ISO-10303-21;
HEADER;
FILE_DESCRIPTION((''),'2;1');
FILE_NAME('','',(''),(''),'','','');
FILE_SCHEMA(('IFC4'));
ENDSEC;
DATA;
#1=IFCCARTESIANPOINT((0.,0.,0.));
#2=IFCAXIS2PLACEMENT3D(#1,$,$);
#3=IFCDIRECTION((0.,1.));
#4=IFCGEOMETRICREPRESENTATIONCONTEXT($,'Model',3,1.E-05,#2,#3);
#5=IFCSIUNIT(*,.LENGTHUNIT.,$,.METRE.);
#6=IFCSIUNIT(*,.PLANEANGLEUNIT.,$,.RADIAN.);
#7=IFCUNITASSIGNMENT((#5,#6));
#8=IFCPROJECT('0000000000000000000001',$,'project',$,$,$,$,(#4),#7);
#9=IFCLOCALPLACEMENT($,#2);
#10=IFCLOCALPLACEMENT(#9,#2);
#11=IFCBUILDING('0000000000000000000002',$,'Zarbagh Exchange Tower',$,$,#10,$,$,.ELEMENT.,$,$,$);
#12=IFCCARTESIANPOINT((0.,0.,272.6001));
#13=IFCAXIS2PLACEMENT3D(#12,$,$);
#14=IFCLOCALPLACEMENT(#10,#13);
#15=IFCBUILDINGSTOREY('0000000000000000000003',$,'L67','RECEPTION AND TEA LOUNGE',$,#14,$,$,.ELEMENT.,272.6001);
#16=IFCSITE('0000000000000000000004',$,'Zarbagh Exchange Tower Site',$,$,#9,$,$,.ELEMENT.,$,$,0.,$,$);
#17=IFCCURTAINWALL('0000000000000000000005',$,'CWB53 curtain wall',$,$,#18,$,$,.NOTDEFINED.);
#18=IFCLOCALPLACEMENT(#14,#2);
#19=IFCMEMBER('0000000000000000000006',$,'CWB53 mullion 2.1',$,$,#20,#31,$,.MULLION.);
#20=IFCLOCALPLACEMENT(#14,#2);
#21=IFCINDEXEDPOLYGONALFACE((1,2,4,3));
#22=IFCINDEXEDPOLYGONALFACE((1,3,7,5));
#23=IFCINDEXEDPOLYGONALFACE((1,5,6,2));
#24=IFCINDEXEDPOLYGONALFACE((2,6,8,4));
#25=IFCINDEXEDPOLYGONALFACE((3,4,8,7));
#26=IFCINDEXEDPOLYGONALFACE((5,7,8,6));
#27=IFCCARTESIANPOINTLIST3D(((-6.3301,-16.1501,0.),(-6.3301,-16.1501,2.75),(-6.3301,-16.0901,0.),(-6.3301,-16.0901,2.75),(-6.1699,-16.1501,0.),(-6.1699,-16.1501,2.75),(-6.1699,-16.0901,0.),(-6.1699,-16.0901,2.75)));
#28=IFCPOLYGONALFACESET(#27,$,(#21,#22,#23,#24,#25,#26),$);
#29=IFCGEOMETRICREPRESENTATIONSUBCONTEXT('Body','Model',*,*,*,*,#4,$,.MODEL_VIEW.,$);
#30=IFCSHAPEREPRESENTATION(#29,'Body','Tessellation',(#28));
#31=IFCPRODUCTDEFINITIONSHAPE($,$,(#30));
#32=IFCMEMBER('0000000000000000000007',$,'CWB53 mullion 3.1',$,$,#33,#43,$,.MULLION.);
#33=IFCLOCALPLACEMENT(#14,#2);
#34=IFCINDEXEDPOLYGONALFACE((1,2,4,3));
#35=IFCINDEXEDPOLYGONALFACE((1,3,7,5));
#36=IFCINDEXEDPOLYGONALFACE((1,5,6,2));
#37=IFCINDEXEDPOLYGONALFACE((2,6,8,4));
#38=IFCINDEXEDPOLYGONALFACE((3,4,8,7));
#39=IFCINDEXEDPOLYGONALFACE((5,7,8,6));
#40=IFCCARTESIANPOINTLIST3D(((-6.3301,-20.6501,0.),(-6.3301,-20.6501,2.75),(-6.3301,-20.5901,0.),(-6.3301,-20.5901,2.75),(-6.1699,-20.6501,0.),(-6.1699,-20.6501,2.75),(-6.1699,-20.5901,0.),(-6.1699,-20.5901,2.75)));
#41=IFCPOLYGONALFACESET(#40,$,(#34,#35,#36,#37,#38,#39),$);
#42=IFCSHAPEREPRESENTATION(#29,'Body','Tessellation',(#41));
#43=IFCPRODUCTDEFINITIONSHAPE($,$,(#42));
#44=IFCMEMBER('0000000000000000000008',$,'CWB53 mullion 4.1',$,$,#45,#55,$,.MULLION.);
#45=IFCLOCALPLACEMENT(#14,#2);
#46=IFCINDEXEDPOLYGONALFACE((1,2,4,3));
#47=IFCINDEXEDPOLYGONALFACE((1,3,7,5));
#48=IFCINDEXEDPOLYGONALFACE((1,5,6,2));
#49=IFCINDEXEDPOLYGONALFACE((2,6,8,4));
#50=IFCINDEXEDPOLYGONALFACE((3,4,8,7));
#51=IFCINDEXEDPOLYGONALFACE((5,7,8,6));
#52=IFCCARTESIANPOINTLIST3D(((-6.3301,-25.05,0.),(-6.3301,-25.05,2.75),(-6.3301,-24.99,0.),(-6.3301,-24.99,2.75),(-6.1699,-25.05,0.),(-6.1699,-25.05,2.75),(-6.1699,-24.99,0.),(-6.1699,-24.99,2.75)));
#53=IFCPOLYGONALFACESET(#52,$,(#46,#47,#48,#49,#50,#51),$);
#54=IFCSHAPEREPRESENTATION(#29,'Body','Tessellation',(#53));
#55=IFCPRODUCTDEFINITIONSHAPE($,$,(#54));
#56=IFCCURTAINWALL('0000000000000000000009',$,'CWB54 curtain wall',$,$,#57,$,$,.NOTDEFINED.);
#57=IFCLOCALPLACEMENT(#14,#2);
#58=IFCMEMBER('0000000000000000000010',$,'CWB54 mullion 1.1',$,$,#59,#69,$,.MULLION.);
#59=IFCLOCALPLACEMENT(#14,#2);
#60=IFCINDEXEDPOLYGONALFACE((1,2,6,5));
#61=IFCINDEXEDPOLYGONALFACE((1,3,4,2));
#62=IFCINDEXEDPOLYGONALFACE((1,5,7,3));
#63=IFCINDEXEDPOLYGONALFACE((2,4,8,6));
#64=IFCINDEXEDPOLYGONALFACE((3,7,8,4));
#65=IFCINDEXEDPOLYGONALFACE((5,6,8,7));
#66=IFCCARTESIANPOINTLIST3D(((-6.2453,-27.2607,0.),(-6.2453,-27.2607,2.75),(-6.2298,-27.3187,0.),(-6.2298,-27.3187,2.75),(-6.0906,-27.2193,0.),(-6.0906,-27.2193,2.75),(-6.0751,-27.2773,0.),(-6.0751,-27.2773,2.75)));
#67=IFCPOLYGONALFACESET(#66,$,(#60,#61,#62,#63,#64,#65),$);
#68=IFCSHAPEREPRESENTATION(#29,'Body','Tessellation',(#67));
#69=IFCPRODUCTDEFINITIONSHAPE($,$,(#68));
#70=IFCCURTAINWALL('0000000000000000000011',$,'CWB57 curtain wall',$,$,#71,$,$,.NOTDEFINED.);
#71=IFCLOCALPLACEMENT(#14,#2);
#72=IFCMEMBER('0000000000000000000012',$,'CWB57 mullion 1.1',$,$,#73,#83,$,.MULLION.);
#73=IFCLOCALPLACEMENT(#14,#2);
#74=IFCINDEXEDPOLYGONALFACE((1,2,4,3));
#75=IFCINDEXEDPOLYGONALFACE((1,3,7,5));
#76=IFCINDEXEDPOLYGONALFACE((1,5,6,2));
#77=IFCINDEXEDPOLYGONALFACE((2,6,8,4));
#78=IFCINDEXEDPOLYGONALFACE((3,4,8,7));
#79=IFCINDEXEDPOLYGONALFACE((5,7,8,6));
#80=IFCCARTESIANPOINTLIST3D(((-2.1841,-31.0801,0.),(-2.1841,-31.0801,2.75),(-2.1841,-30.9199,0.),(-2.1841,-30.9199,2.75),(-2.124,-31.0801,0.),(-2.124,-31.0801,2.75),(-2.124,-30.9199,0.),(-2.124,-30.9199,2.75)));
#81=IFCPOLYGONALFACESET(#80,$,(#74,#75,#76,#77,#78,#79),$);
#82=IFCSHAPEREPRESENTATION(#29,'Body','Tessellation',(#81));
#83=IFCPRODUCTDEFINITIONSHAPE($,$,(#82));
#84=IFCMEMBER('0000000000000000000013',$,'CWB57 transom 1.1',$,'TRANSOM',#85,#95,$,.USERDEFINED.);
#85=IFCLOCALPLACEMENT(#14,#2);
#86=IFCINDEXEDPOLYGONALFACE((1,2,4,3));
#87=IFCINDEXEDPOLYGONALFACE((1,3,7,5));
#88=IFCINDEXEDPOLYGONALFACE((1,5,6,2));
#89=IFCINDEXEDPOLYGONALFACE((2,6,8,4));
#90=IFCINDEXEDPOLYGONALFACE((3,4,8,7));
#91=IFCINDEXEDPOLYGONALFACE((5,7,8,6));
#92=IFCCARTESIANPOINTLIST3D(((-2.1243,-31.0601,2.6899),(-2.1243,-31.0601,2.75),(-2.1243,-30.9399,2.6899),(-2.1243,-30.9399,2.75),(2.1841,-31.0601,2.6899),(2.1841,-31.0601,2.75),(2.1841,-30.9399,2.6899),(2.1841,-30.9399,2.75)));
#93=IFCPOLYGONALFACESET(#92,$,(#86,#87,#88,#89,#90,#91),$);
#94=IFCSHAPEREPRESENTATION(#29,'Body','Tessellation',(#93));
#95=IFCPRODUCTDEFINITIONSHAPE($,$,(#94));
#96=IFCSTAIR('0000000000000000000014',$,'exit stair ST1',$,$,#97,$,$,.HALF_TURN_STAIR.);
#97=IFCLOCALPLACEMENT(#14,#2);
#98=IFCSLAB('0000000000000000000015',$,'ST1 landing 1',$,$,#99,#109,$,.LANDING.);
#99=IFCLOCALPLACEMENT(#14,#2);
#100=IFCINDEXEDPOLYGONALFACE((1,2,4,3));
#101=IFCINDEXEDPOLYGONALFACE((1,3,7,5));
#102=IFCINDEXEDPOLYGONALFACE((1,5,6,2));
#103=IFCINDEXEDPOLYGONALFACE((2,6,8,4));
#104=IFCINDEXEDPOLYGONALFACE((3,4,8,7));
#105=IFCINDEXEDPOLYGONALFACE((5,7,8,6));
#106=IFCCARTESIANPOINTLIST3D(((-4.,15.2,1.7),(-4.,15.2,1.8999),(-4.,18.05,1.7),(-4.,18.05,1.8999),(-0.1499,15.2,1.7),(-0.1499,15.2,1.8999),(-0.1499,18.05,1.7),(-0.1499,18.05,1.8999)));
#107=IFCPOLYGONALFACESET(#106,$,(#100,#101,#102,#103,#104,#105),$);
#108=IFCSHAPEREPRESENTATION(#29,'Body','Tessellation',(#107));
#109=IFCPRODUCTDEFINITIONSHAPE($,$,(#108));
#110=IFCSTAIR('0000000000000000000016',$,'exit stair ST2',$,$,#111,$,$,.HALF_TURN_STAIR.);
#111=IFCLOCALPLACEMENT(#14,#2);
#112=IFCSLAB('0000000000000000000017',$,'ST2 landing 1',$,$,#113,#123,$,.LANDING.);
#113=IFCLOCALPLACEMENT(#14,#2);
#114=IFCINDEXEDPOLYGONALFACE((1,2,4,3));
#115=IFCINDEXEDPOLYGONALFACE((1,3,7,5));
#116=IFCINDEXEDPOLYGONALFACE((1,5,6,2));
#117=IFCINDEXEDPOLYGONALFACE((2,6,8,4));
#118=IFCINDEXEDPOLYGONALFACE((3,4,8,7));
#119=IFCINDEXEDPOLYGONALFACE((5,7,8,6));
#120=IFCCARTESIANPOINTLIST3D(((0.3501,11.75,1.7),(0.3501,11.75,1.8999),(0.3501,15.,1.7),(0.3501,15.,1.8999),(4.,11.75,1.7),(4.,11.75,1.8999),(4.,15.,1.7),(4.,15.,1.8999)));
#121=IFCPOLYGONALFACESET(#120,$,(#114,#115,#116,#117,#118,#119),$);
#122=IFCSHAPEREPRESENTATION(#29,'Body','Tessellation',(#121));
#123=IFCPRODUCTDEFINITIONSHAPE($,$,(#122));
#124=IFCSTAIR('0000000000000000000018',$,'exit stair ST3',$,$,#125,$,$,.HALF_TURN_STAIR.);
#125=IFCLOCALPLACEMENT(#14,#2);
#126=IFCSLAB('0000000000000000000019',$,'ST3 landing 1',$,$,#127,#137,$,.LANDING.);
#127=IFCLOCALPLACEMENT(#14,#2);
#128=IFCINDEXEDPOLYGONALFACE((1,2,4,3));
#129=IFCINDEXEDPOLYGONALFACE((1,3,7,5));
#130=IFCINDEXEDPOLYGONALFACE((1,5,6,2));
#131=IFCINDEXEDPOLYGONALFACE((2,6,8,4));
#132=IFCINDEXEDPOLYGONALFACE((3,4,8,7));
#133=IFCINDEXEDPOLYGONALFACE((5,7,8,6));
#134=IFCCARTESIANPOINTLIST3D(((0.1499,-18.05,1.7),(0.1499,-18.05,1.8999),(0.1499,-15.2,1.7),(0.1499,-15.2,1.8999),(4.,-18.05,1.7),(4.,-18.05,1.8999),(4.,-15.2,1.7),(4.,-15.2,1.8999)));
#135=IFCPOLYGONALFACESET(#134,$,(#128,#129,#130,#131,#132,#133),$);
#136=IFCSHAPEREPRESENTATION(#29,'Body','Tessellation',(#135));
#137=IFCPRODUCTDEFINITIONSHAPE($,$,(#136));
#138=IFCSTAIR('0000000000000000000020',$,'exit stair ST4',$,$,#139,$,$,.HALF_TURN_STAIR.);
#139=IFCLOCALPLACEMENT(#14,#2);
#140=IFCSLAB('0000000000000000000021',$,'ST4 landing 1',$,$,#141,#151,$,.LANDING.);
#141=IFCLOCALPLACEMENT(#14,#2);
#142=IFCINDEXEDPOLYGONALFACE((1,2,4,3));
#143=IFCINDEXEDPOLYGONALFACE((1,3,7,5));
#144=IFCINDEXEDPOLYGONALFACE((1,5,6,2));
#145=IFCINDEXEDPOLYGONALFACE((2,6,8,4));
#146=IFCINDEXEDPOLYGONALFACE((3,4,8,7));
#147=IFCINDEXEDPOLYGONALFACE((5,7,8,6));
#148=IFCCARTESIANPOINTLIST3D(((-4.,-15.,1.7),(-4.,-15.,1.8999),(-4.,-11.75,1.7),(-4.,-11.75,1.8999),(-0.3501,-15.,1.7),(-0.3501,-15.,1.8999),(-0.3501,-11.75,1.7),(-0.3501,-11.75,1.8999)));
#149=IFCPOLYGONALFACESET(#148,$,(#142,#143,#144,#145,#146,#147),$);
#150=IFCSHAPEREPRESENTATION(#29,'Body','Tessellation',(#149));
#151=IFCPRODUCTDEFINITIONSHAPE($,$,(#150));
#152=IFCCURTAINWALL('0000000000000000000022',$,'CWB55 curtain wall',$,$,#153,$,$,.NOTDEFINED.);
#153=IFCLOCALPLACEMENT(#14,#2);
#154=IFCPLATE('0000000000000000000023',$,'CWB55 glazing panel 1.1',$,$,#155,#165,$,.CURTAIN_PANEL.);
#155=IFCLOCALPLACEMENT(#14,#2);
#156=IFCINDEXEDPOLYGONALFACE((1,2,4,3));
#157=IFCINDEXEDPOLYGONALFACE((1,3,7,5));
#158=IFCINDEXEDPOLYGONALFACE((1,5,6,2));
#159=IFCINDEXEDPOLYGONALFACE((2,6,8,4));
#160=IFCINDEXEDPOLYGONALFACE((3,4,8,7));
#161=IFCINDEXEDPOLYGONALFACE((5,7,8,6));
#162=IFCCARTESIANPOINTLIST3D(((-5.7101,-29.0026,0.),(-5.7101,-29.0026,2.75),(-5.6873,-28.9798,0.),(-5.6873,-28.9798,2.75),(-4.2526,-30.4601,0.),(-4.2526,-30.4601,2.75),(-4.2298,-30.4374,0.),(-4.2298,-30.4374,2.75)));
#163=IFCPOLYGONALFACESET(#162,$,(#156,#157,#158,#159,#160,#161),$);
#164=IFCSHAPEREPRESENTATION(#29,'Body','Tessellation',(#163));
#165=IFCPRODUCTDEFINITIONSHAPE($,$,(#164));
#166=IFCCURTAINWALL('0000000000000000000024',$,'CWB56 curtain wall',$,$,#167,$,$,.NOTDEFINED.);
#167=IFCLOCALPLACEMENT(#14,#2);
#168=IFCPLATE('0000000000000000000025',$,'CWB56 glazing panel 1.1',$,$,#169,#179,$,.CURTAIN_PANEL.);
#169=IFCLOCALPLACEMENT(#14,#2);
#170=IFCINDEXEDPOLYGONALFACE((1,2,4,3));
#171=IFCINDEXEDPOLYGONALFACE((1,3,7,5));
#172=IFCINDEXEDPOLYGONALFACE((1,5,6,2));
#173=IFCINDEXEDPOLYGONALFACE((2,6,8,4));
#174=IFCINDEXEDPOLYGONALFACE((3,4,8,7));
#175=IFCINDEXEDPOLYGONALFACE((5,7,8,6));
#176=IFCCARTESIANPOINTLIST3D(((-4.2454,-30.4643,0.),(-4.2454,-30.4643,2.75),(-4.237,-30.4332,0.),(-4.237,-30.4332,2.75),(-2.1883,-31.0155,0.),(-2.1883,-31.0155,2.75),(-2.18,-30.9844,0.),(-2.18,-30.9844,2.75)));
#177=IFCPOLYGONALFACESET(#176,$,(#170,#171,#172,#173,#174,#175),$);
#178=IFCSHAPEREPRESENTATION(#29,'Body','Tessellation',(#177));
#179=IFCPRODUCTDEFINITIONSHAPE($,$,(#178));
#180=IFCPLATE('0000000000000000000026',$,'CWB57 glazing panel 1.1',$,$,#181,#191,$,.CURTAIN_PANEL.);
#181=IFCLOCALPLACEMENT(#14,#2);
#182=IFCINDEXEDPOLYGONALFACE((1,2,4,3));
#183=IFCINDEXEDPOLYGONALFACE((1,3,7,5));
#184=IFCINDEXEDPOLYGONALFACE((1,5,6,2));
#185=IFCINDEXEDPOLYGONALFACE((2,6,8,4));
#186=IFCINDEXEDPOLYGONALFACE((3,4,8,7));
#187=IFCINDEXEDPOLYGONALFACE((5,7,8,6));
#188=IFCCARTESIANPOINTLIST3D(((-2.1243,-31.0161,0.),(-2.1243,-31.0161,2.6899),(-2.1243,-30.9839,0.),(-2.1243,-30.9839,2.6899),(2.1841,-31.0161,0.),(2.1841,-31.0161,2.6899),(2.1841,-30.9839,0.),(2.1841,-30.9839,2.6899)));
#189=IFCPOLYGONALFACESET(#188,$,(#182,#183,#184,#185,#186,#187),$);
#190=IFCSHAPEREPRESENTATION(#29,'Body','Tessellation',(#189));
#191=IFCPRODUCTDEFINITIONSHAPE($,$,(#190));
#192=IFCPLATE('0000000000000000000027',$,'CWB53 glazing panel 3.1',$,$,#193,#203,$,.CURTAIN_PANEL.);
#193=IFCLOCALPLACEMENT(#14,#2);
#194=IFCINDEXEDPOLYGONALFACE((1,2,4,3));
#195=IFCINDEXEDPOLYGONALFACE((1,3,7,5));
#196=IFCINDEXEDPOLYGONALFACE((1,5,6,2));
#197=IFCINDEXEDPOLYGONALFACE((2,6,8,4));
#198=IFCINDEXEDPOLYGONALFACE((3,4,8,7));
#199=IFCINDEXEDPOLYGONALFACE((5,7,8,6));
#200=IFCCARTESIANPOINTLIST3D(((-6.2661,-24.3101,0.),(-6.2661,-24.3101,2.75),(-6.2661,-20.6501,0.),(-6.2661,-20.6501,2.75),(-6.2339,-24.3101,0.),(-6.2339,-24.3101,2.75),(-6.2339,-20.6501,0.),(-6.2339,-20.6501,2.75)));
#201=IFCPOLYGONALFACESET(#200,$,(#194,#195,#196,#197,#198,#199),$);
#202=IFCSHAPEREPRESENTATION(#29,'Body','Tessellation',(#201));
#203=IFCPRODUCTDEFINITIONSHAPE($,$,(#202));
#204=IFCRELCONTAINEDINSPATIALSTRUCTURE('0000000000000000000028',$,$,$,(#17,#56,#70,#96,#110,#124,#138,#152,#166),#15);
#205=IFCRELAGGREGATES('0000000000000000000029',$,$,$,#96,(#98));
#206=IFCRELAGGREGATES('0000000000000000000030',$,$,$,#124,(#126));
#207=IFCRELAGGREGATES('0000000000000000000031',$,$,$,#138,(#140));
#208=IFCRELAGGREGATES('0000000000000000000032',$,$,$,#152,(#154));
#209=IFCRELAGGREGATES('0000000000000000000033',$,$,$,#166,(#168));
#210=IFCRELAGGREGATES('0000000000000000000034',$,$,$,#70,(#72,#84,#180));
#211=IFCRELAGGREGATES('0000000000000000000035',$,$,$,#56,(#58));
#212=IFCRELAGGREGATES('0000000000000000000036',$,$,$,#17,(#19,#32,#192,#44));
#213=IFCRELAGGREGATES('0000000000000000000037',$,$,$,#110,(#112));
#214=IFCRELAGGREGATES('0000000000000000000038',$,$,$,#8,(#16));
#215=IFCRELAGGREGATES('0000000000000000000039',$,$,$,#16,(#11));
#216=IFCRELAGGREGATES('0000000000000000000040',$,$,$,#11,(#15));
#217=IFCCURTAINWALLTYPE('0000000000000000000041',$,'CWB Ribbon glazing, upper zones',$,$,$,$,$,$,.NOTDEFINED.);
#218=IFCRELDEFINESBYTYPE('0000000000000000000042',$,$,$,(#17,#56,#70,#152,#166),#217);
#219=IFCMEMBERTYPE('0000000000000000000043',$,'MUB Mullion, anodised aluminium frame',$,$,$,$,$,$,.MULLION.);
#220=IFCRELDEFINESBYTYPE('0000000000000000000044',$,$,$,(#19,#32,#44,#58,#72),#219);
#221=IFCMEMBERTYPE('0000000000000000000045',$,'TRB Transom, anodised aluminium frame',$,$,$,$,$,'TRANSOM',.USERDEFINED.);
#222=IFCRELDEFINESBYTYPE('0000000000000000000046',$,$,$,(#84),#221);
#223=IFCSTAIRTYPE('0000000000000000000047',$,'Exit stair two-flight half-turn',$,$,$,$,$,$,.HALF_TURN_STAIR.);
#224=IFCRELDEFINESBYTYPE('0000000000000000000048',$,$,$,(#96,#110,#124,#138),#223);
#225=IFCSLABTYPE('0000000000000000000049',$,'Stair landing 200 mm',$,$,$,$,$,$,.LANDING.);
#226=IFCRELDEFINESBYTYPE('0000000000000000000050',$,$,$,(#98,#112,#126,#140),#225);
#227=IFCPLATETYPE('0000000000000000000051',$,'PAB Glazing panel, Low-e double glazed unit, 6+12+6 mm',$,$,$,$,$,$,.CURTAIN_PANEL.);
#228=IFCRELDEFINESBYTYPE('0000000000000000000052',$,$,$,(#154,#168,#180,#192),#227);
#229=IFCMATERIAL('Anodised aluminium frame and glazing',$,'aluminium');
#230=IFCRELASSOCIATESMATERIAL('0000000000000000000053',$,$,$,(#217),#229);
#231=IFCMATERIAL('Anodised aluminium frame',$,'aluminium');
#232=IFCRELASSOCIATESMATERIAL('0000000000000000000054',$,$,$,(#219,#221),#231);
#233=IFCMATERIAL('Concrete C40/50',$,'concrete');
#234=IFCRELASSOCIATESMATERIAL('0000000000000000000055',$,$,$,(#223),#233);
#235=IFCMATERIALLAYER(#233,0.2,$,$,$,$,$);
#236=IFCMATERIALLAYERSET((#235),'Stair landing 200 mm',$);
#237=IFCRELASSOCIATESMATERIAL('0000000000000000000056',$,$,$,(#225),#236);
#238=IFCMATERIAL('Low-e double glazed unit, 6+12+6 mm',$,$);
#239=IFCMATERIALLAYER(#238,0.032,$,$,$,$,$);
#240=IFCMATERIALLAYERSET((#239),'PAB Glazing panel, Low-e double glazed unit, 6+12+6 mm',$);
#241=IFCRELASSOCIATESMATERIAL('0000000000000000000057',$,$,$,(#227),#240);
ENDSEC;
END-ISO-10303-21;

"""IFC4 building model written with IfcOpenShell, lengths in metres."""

from ifc_helpers import new_model, si_unit, direction, frame, origin, place, context, subcontext, project, spatial, polyline, outline, extrude, source, transform, mapped, material, layer, layer_set, type_object, element, aggregate, save


model = new_model("IFC4")

# Units and contexts
model_context = context("Model", 3, precision=1e-05, world=origin(), true_north=direction((0.0, 1.0)))
body_context = subcontext(model_context, "Body", "Model", "MODEL_VIEW")
ifc_project = project(units=[si_unit("LENGTHUNIT", "METRE"), si_unit("PLANEANGLEUNIT", "RADIAN")], contexts=[model_context])

# Site, building, storey
site_placement = place(None, origin())
site = spatial("IfcSite", under=ifc_project, at=site_placement, Name="Zarbagh Exchange Tower Site", CompositionType="ELEMENT", RefElevation=0.0)
building_placement = place(site_placement, origin())
building = spatial("IfcBuilding", under=site, at=building_placement, Name="Zarbagh Exchange Tower", CompositionType="ELEMENT")
storey_placement = place(building_placement, frame((0.0, 0.0, 272.6001)))
storey = spatial("IfcBuildingStorey", under=building, at=storey_placement, Name="L67", Description="RECEPTION AND TEA LOUNGE", CompositionType="ELEMENT", Elevation=272.6001)

# Curtain wall, members
ifc_material_1 = material(Name="Anodised aluminium frame and glazing", Category="aluminium")
curtain_wall_type = type_object("IfcCurtainWallType", Name="CWB Ribbon glazing, upper zones", PredefinedType="NOTDEFINED", material=ifc_material_1)
curtain_wall_1_placement = place(storey_placement, origin())
curtain_wall_1 = element("IfcCurtainWall", 1, at=curtain_wall_1_placement, inside=storey, type_object=curtain_wall_type, Name="CWB53 curtain wall", PredefinedType="NOTDEFINED")
ifc_material_2 = material(Name="Anodised aluminium frame", Category="aluminium")
member_type_1 = type_object("IfcMemberType", Name="MUB Mullion, anodised aluminium frame", PredefinedType="MULLION", material=ifc_material_2)
shared_shape_1 = source(origin(), body_context, "Body", "SweptSolid", [
    extrude(outline(polyline([(0.0, -0.0801), (0.0601, -0.0801), (0.0601, 0.0801), (0.0, 0.0801), (0.0, -0.0801)])), origin(), (0.0, 0.0, 1.0), 2.75),
])
placement = place(storey_placement, origin())
member_1 = element("IfcMember", 2, at=placement, type_object=member_type_1, Name="CWB53 mullion 2.1", PredefinedType="MULLION", context=body_context, shape_type="MappedRepresentation", body=[
    mapped(shared_shape_1, transform((-6.25, -16.0901, 0.0), x_axis=(0.0, -1.0, 0.0), y_axis=(1.0, 0.0, 0.0), z_axis=(0.0, 0.0, 1.0))),
])
member_2 = element("IfcMember", 3, at=placement, type_object=member_type_1, Name="CWB53 mullion 3.1", PredefinedType="MULLION", context=body_context, shape_type="MappedRepresentation", body=[
    mapped(shared_shape_1, transform((-6.25, -20.5901, 0.0), x_axis=(0.0, -1.0, 0.0), y_axis=(1.0, 0.0, 0.0), z_axis=(0.0, 0.0, 1.0))),
])
member_3 = element("IfcMember", 4, at=placement, type_object=member_type_1, Name="CWB53 mullion 4.1", PredefinedType="MULLION", context=body_context, shape_type="MappedRepresentation", body=[
    mapped(shared_shape_1, transform((-6.25, -24.99, 0.0), x_axis=(0.0, -1.0, 0.0), y_axis=(1.0, 0.0, 0.0), z_axis=(0.0, 0.0, 1.0))),
])

# Curtain wall, member
curtain_wall_2_placement = place(storey_placement, origin())
curtain_wall_2 = element("IfcCurtainWall", 5, at=curtain_wall_2_placement, inside=storey, type_object=curtain_wall_type, Name="CWB54 curtain wall", PredefinedType="NOTDEFINED")
member_4 = element("IfcMember", 6, at=placement, type_object=member_type_1, Name="CWB54 mullion 1.1", PredefinedType="MULLION", context=body_context, shape_type="MappedRepresentation", body=[
    mapped(shared_shape_1, transform((-6.168, -27.24, 0.0), x_axis=(0.258825, -0.965924, 0.0), y_axis=(0.965924, 0.258825, 0.0), z_axis=(0.0, 0.0, 1.0))),
])

# Curtain wall, members
curtain_wall_3_placement = place(storey_placement, origin())
curtain_wall_3 = element("IfcCurtainWall", 7, at=curtain_wall_3_placement, inside=storey, type_object=curtain_wall_type, Name="CWB57 curtain wall", PredefinedType="NOTDEFINED")
member_5 = element("IfcMember", 8, at=placement, type_object=member_type_1, Name="CWB57 mullion 1.1", PredefinedType="MULLION", context=body_context, shape_type="MappedRepresentation", body=[
    mapped(shared_shape_1, transform((-2.1841, -31.0, 0.0), x_axis=(1.0, 0.0, 0.0), y_axis=(0.0, 1.0, 0.0), z_axis=(0.0, 0.0, 1.0))),
])
member_type_2 = type_object("IfcMemberType", Name="TRB Transom, anodised aluminium frame", ElementType="TRANSOM", PredefinedType="USERDEFINED", material=ifc_material_2)
shared_shape_2 = source(origin(), body_context, "Body", "SweptSolid", [
    extrude(outline(polyline([(-0.0601, -0.0601), (0.0, -0.0601), (0.0, 0.0601), (-0.0601, 0.0601), (-0.0601, -0.0601)])), origin(), (0.0, 0.0, 1.0), 4.3083),
])
member_6 = element("IfcMember", 9, at=placement, type_object=member_type_2, Name="CWB57 transom 1.1", ObjectType="TRANSOM", PredefinedType="USERDEFINED", context=body_context, shape_type="MappedRepresentation", body=[
    mapped(shared_shape_2, transform((-2.1243, -31.0, 2.75), x_axis=(0.0, 0.0, 1.0), y_axis=(0.0, -1.0, 0.0), z_axis=(1.0, 0.0, 0.0))),
])

# Stairs, slabs
ifc_material_3 = material(Name="Concrete C40/50", Category="concrete")
stair_type = type_object("IfcStairType", Name="Exit stair two-flight half-turn", PredefinedType="HALF_TURN_STAIR", material=ifc_material_3)
stair_1_placement = place(storey_placement, origin())
stair_1 = element("IfcStair", 10, at=stair_1_placement, inside=storey, type_object=stair_type, Name="exit stair ST1", PredefinedType="HALF_TURN_STAIR")
ifc_layer_1 = layer(ifc_material_3, 0.2)
ifc_layer_set_1 = layer_set([ifc_layer_1], Name="Stair landing 200 mm")
slab_type = type_object("IfcSlabType", Name="Stair landing 200 mm", PredefinedType="LANDING", material=ifc_layer_set_1)
slab_1_placement = place(storey_placement, frame((0.0, 0.0, 1.7)))
slab_1 = element("IfcSlab", 11, at=slab_1_placement, type_object=slab_type, Name="ST1 landing 1", PredefinedType="LANDING", context=body_context, shape_type="SweptSolid", body=[
    extrude(outline(polyline([(-0.1499, 18.05), (-4.0, 18.05), (-4.0, 15.2), (-0.1499, 15.2), (-0.1499, 18.05)])), origin(), (0.0, 0.0, 1.0), 0.2),
])
aggregate(stair_1, [slab_1])
stair_2_placement = place(storey_placement, origin())
stair_2 = element("IfcStair", 12, at=stair_2_placement, inside=storey, type_object=stair_type, Name="exit stair ST2", PredefinedType="HALF_TURN_STAIR")
slab_2_placement = place(storey_placement, frame((0.0, 0.0, 1.7)))
slab_2 = element("IfcSlab", 13, at=slab_2_placement, type_object=slab_type, Name="ST2 landing 1", PredefinedType="LANDING", context=body_context, shape_type="SweptSolid", body=[
    extrude(outline(polyline([(0.3501, 11.75), (4.0, 11.75), (4.0, 15.0), (0.3501, 15.0), (0.3501, 11.75)])), origin(), (0.0, 0.0, 1.0), 0.2),
])
stair_3_placement = place(storey_placement, origin())
stair_3 = element("IfcStair", 14, at=stair_3_placement, inside=storey, type_object=stair_type, Name="exit stair ST3", PredefinedType="HALF_TURN_STAIR")
slab_3_placement = place(storey_placement, frame((0.0, 0.0, 1.7)))
slab_3 = element("IfcSlab", 15, at=slab_3_placement, type_object=slab_type, Name="ST3 landing 1", PredefinedType="LANDING", context=body_context, shape_type="SweptSolid", body=[
    extrude(outline(polyline([(0.1499, -18.05), (4.0, -18.05), (4.0, -15.2), (0.1499, -15.2), (0.1499, -18.05)])), origin(), (0.0, 0.0, 1.0), 0.2),
])
aggregate(stair_3, [slab_3])
stair_4_placement = place(storey_placement, origin())
stair_4 = element("IfcStair", 16, at=stair_4_placement, inside=storey, type_object=stair_type, Name="exit stair ST4", PredefinedType="HALF_TURN_STAIR")
slab_4_placement = place(storey_placement, frame((0.0, 0.0, 1.7)))
slab_4 = element("IfcSlab", 17, at=slab_4_placement, type_object=slab_type, Name="ST4 landing 1", PredefinedType="LANDING", context=body_context, shape_type="SweptSolid", body=[
    extrude(outline(polyline([(-0.3501, -11.75), (-4.0, -11.75), (-4.0, -15.0), (-0.3501, -15.0), (-0.3501, -11.75)])), origin(), (0.0, 0.0, 1.0), 0.2),
])
aggregate(stair_4, [slab_4])

# Curtain walls, plates
curtain_wall_4_placement = place(storey_placement, origin())
curtain_wall_4 = element("IfcCurtainWall", 18, at=curtain_wall_4_placement, inside=storey, type_object=curtain_wall_type, Name="CWB55 curtain wall", PredefinedType="NOTDEFINED")
ifc_material_4 = material(Name="Low-e double glazed unit, 6+12+6 mm")
ifc_layer_2 = layer(ifc_material_4, 0.032)
ifc_layer_set_2 = layer_set([ifc_layer_2], Name="PAB Glazing panel, Low-e double glazed unit, 6+12+6 mm")
plate_type = type_object("IfcPlateType", Name="PAB Glazing panel, Low-e double glazed unit, 6+12+6 mm", PredefinedType="CURTAIN_PANEL", material=ifc_layer_set_2)
shared_shape_3 = source(origin(), body_context, "Body", "SweptSolid", [
    extrude(outline(polyline([(0.0, -0.0161), (2.0613, -0.0161), (2.0613, 0.0161), (0.0, 0.0161), (0.0, -0.0161)])), origin(), (0.0, 0.0, 1.0), 2.75),
])
plate_1 = element("IfcPlate", 19, at=placement, type_object=plate_type, Name="CWB55 glazing panel 1.1", PredefinedType="CURTAIN_PANEL", context=body_context, shape_type="MappedRepresentation", body=[
    mapped(shared_shape_3, transform((-5.6987, -28.9912, 0.0), x_axis=(0.707107, -0.707107, 0.0), y_axis=(0.707107, 0.707107, 0.0), z_axis=(0.0, 0.0, 1.0))),
])
aggregate(curtain_wall_4, [plate_1])
curtain_wall_5_placement = place(storey_placement, origin())
curtain_wall_5 = element("IfcCurtainWall", 20, at=curtain_wall_5_placement, inside=storey, type_object=curtain_wall_type, Name="CWB56 curtain wall", PredefinedType="NOTDEFINED")
shared_shape_4 = source(origin(), body_context, "Body", "SweptSolid", [
    extrude(outline(polyline([(0.0, -0.0161), (2.1296, -0.0161), (2.1296, 0.0161), (0.0, 0.0161), (0.0, -0.0161)])), origin(), (0.0, 0.0, 1.0), 2.75),
])
plate_2 = element("IfcPlate", 21, at=placement, type_object=plate_type, Name="CWB56 glazing panel 1.1", PredefinedType="CURTAIN_PANEL", context=body_context, shape_type="MappedRepresentation", body=[
    mapped(shared_shape_4, transform((-4.2412, -30.4487, 0.0), x_axis=(0.965924, -0.258825, 0.0), y_axis=(0.258825, 0.965924, 0.0), z_axis=(0.0, 0.0, 1.0))),
])
aggregate(curtain_wall_5, [plate_2])

# Plates
shared_shape_5 = source(origin(), body_context, "Body", "SweptSolid", [
    extrude(outline(polyline([(0.0, -0.0161), (4.3083, -0.0161), (4.3083, 0.0161), (0.0, 0.0161), (0.0, -0.0161)])), origin(), (0.0, 0.0, 1.0), 2.6899),
])
plate_3 = element("IfcPlate", 22, at=placement, type_object=plate_type, Name="CWB57 glazing panel 1.1", PredefinedType="CURTAIN_PANEL", context=body_context, shape_type="MappedRepresentation", body=[
    mapped(shared_shape_5, transform((-2.1243, -31.0, 0.0), x_axis=(1.0, 0.0, 0.0), y_axis=(0.0, 1.0, 0.0), z_axis=(0.0, 0.0, 1.0))),
])
aggregate(curtain_wall_3, [member_5, member_6, plate_3])
shared_shape_6 = source(origin(), body_context, "Body", "SweptSolid", [
    extrude(outline(polyline([(0.0, -0.0161), (3.6599, -0.0161), (3.6599, 0.0161), (0.0, 0.0161), (0.0, -0.0161)])), origin(), (0.0, 0.0, 1.0), 2.75),
])
plate_4 = element("IfcPlate", 23, at=placement, type_object=plate_type, Name="CWB53 glazing panel 3.1", PredefinedType="CURTAIN_PANEL", context=body_context, shape_type="MappedRepresentation", body=[
    mapped(shared_shape_6, transform((-6.25, -20.6501, 0.0), x_axis=(0.0, -1.0, 0.0), y_axis=(1.0, 0.0, 0.0), z_axis=(0.0, 0.0, 1.0))),
])
aggregate(curtain_wall_2, [member_4])
aggregate(curtain_wall_1, [member_1, member_2, plate_4, member_3])

aggregate(stair_2, [slab_2])

save(model, "model.ifc")
